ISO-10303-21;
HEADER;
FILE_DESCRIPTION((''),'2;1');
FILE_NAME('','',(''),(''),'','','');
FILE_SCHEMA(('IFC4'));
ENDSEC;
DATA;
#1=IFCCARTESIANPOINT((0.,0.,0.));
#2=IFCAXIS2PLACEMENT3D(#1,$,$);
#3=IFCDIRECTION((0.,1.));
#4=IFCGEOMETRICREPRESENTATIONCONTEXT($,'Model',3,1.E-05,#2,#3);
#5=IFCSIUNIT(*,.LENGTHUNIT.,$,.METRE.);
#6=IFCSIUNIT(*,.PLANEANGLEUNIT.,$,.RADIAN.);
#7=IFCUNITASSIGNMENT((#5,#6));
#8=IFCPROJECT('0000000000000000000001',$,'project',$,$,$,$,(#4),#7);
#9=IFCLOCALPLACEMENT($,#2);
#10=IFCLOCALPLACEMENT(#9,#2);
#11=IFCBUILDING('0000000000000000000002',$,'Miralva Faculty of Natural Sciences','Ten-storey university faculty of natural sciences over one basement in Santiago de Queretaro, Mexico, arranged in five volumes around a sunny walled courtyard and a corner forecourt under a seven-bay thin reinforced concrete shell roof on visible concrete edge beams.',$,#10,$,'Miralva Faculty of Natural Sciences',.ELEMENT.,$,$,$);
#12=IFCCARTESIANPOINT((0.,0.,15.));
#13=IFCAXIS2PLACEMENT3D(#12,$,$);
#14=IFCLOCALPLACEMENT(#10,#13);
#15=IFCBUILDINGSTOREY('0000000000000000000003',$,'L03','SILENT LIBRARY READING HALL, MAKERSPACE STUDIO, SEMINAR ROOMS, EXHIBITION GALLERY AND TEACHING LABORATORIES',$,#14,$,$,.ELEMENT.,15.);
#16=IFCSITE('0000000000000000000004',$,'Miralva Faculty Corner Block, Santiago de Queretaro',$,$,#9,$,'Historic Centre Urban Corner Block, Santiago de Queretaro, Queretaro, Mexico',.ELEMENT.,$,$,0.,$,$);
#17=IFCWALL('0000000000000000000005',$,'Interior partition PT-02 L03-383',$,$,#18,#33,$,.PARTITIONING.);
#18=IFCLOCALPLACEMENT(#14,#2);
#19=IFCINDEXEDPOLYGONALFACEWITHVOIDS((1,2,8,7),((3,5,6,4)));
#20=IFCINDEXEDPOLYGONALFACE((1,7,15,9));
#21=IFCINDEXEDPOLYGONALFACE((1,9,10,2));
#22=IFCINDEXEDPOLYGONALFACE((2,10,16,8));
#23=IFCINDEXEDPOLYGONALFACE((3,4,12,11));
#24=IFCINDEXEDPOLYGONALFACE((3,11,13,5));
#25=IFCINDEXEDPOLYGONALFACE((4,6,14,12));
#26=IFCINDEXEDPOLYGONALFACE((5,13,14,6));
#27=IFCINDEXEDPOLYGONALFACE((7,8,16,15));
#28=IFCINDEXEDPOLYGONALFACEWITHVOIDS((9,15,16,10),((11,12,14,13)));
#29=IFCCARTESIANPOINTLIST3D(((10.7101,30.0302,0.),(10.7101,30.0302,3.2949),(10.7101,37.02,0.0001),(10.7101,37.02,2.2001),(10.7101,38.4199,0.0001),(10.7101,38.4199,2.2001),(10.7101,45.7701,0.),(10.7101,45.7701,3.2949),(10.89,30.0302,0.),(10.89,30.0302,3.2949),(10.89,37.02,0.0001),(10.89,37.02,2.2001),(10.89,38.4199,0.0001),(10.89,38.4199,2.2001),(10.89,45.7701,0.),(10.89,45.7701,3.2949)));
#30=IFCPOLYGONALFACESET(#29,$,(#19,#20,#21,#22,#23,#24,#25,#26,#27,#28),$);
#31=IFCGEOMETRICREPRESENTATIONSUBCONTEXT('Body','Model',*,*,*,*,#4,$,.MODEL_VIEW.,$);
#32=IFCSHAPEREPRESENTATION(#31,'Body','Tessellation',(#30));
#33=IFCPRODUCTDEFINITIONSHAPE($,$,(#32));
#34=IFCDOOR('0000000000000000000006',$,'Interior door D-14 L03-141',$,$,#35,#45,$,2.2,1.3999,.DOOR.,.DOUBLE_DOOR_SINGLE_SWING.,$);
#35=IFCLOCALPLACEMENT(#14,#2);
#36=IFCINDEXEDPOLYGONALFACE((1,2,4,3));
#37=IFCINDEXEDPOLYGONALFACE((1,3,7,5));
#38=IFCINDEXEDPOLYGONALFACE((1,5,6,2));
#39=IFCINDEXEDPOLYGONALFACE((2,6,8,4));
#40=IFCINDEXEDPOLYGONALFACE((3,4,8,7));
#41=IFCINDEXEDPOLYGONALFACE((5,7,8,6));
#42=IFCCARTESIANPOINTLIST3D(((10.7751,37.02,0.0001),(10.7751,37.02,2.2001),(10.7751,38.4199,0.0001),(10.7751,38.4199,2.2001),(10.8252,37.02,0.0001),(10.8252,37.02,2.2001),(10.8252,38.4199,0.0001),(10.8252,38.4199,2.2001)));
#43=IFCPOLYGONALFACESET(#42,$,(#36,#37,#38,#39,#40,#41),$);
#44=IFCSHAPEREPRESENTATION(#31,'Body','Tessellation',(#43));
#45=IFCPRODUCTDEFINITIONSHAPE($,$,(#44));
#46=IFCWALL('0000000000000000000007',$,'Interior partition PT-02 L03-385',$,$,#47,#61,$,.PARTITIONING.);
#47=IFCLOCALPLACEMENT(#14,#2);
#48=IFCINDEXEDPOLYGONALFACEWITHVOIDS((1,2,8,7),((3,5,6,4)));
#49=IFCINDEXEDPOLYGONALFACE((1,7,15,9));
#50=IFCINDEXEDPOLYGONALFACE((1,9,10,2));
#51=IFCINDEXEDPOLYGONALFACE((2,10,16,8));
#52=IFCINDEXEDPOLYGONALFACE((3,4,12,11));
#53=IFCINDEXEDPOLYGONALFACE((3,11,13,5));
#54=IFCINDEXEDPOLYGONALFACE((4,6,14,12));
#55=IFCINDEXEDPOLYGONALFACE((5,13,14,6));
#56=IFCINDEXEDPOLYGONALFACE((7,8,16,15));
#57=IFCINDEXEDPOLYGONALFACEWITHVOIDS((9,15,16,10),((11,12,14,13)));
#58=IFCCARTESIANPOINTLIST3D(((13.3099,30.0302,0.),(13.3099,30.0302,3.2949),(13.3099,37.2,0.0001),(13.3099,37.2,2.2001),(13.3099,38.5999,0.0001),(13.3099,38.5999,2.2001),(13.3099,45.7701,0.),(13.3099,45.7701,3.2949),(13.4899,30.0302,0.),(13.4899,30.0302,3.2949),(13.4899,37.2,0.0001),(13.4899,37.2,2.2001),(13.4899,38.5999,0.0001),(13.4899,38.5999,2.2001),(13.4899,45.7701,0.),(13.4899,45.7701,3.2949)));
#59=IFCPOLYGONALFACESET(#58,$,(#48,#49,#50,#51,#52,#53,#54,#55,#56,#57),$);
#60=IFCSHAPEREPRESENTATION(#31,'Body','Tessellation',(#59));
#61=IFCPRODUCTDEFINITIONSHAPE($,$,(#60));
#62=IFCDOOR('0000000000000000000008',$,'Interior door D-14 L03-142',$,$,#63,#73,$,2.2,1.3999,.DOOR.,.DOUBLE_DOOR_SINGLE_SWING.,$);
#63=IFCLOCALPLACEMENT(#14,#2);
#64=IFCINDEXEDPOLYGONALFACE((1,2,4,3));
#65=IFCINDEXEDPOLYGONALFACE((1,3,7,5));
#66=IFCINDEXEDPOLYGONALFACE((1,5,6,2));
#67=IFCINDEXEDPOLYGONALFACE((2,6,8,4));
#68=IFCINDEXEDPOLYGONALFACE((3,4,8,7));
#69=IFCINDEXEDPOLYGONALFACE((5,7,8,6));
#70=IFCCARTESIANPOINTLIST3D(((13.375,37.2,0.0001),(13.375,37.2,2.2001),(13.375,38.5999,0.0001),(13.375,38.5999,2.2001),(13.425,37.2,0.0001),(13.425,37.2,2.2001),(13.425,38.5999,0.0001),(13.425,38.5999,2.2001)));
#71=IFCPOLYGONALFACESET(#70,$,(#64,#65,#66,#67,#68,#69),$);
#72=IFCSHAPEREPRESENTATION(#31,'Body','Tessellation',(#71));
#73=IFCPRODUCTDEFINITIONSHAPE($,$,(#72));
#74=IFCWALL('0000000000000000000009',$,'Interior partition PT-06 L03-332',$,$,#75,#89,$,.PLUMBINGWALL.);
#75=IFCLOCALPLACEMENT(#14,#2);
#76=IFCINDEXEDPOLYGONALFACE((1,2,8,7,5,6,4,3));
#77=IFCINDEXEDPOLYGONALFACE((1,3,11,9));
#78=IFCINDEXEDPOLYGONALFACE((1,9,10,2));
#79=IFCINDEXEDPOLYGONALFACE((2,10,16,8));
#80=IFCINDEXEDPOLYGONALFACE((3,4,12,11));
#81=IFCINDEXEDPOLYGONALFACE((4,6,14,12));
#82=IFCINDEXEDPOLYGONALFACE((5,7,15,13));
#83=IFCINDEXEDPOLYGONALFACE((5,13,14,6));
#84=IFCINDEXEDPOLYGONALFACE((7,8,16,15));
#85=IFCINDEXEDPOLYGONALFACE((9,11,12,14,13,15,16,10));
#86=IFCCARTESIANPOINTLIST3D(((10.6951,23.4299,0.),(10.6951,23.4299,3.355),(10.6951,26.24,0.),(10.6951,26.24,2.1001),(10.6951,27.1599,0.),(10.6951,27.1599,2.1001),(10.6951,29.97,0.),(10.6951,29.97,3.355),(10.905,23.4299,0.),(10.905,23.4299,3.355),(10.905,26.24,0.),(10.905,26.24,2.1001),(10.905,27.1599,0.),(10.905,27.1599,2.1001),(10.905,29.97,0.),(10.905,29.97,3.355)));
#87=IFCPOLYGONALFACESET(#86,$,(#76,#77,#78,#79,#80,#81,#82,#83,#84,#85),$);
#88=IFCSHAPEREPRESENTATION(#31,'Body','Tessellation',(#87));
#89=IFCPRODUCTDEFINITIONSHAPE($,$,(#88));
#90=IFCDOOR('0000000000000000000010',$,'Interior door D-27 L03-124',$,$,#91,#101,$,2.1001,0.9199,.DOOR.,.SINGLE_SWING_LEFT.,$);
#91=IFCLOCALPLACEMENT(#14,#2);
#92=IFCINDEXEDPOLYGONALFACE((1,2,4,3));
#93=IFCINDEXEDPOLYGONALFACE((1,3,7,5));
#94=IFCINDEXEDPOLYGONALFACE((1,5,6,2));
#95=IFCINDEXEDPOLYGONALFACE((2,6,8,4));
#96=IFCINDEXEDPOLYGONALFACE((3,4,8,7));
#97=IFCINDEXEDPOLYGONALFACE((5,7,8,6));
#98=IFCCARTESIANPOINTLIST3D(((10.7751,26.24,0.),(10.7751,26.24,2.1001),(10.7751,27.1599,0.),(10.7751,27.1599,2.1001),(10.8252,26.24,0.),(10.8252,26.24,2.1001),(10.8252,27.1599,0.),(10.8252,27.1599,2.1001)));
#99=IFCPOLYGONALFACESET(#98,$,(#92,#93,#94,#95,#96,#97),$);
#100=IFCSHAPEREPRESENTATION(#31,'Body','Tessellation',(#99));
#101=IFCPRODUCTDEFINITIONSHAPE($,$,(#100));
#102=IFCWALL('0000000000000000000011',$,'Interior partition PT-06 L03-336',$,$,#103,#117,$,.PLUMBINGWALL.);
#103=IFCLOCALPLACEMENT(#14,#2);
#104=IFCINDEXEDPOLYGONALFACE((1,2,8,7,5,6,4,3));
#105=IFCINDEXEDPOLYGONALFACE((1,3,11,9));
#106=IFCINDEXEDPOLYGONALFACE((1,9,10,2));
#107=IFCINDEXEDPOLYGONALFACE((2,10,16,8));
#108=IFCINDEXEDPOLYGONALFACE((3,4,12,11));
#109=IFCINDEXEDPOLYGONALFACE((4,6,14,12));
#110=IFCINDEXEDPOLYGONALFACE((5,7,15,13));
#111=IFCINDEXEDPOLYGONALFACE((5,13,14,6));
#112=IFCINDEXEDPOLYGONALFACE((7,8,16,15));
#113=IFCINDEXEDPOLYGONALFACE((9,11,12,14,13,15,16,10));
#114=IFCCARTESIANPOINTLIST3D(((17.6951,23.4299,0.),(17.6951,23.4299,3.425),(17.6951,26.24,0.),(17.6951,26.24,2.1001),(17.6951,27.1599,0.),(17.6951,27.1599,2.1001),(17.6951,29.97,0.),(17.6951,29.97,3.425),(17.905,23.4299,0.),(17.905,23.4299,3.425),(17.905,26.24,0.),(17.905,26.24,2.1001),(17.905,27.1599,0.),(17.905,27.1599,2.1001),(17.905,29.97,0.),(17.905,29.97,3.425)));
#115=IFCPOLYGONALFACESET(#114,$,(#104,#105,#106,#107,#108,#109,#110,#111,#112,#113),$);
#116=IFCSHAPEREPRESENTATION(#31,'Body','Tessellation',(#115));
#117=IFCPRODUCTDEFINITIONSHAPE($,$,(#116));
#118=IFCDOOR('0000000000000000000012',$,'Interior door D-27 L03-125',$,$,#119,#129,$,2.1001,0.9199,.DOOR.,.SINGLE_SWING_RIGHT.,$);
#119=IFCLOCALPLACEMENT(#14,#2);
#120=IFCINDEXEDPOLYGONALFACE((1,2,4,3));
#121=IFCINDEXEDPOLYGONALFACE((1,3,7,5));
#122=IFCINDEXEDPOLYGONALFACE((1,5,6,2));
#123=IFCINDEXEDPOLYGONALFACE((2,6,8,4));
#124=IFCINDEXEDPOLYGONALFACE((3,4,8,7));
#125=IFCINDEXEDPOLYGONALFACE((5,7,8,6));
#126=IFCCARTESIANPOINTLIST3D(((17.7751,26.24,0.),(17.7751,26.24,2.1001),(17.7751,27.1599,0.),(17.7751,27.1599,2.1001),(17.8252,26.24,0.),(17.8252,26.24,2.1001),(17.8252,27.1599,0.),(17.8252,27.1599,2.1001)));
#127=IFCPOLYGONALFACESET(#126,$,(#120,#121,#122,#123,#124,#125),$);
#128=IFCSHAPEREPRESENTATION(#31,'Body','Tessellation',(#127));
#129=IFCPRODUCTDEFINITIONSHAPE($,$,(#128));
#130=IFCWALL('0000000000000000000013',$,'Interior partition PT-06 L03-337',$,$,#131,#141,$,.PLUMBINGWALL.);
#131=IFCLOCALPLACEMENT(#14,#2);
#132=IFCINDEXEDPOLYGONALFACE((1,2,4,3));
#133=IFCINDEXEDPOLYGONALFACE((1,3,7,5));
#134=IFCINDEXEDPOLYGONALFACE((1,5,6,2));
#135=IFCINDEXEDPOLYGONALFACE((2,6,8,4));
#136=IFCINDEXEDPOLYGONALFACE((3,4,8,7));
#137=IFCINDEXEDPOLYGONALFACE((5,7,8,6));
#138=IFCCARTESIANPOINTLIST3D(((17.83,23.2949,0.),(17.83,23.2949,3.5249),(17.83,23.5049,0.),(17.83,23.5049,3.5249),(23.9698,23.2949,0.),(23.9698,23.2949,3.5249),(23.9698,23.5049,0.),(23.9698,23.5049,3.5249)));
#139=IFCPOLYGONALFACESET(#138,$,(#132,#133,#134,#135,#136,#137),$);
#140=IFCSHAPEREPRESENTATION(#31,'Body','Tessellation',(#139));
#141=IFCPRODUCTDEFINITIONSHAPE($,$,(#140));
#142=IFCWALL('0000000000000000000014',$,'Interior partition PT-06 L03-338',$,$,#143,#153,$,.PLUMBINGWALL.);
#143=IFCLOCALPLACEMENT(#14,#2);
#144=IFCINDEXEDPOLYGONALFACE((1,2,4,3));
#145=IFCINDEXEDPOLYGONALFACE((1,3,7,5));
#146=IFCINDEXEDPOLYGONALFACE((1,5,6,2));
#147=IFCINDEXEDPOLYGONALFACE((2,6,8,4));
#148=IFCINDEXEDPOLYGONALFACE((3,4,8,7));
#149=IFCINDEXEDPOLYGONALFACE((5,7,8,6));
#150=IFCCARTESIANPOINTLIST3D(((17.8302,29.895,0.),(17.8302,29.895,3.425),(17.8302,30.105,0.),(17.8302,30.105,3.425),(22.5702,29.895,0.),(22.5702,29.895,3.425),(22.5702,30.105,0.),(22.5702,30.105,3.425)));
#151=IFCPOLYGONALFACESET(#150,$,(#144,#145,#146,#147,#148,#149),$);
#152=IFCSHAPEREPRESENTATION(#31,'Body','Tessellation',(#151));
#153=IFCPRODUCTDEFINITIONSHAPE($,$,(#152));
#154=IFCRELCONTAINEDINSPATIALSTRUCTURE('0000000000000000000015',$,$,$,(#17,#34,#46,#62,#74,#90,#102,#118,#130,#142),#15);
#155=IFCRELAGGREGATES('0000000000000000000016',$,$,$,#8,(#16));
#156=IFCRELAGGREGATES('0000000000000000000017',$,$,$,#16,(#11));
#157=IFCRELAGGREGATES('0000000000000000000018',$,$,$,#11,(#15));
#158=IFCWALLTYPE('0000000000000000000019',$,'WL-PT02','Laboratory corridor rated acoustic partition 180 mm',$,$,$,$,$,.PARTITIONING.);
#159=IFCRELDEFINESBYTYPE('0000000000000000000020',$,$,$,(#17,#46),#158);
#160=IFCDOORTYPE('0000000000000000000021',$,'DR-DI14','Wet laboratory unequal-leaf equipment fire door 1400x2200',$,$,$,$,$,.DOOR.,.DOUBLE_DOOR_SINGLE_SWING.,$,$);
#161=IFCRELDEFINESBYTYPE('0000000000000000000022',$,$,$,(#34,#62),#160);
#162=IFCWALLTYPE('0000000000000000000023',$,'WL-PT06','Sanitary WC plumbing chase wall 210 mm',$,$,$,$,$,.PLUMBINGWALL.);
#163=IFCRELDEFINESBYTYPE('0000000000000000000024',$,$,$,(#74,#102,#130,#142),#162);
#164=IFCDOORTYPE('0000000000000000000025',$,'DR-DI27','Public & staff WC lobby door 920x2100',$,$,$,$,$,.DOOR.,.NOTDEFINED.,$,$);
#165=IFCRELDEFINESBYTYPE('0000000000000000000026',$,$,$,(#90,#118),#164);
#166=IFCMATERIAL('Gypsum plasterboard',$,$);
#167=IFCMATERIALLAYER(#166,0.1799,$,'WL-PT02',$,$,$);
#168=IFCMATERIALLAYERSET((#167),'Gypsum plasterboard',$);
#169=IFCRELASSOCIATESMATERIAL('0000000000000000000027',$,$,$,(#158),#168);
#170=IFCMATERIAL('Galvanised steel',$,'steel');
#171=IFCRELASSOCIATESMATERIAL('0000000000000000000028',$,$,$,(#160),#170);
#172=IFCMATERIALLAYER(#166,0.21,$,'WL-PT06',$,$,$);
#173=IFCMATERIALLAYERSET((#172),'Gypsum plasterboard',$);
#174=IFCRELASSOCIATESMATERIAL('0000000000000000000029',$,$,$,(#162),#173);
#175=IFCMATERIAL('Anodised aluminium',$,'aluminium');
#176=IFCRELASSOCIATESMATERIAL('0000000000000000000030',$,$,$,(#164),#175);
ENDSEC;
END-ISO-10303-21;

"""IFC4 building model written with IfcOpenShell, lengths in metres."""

from ifc_helpers import new_model, si_unit, direction, frame, frame_2d, origin, place, context, subcontext, project, spatial, rectangle, extrude, material, layer, layer_set, type_object, element, fill, save


model = new_model("IFC4")

# Units and contexts
model_context = context("Model", 3, precision=1e-05, world=origin(), true_north=direction((0.0, 1.0)))
body_context = subcontext(model_context, "Body", "Model", "MODEL_VIEW")
ifc_project = project(units=[si_unit("LENGTHUNIT", "METRE"), si_unit("PLANEANGLEUNIT", "RADIAN")], contexts=[model_context])

# Site, building, storey
site_placement = place(None, origin())
site = spatial("IfcSite", under=ifc_project, at=site_placement, Name="Miralva Faculty Corner Block, Santiago de Queretaro", LongName="Historic Centre Urban Corner Block, Santiago de Queretaro, Queretaro, Mexico", CompositionType="ELEMENT", RefElevation=0.0)
building_placement = place(site_placement, origin())
building = spatial("IfcBuilding", under=site, at=building_placement, Name="Miralva Faculty of Natural Sciences", Description="Ten-storey university faculty of natural sciences over one basement in Santiago de Queretaro, Mexico, arranged in five volumes around a sunny walled courtyard and a corner forecourt under a seven-bay thin reinforced concrete shell roof on visible concrete edge beams.", LongName="Miralva Faculty of Natural Sciences", CompositionType="ELEMENT")
storey_placement = place(building_placement, frame((0.0, 0.0, 15.0)))
storey = spatial("IfcBuildingStorey", under=building, at=storey_placement, Name="L03", Description="SILENT LIBRARY READING HALL, MAKERSPACE STUDIO, SEMINAR ROOMS, EXHIBITION GALLERY AND TEACHING LABORATORIES", CompositionType="ELEMENT", Elevation=15.0)

# Walls, openings, doors
ifc_material_1 = material(Name="Gypsum plasterboard")
ifc_layer_1 = layer(ifc_material_1, 0.1799, Name="WL-PT02")
ifc_layer_set_1 = layer_set([ifc_layer_1], Name="Gypsum plasterboard")
wall_type_1 = type_object("IfcWallType", Name="WL-PT02", Description="Laboratory corridor rated acoustic partition 180 mm", PredefinedType="PARTITIONING", material=ifc_layer_set_1)
ifc_material_2 = material(Name="Galvanised steel", Category="steel")
wall_1_placement = place(storey_placement, frame((10.8, 30.03, 0.0), z_axis=(0.0, 0.0, 1.0), x_axis=(0.0, 1.0, 0.0)))
wall_1 = element("IfcWall", 1, at=wall_1_placement, inside=storey, type_object=wall_type_1, Name="Interior partition PT-02 L03-383", PredefinedType="PARTITIONING", context=body_context, shape_type="SweptSolid", body=[
    extrude(rectangle(XDim=15.74, YDim=0.1799, at=frame_2d((7.8701, 0.0))), origin(), (0.0, 0.0, 1.0), 3.2949),
])
opening_1_placement = place(wall_1_placement, frame((6.99, 0.0, 0.0)))
opening_1 = element("IfcOpeningElement", 2, at=opening_1_placement, cuts=wall_1, PredefinedType="OPENING", context=body_context, shape_type="SweptSolid", body=[
    extrude(rectangle(XDim=1.3999, YDim=2.2, at=frame_2d((0.7, 1.1001))), frame((0.0, 0.0999, 0.0), z_axis=(0.0, -1.0, 0.0), x_axis=(1.0, 0.0, 0.0)), (0.0, 0.0, 1.0), 0.2),
])
door_type_1 = type_object("IfcDoorType", Name="DR-DI14", Description="Wet laboratory unequal-leaf equipment fire door 1400x2200", OperationType="DOUBLE_DOOR_SINGLE_SWING", PredefinedType="DOOR", material=ifc_material_2)
door_1_placement = place(opening_1_placement, origin())
door_1 = element("IfcDoor", 3, at=door_1_placement, inside=storey, type_object=door_type_1, Name="Interior door D-14 L03-141", OperationType="DOUBLE_DOOR_SINGLE_SWING", OverallHeight=2.2, OverallWidth=1.3999, PredefinedType="DOOR", context=body_context, shape_type="SweptSolid", body=[
    extrude(rectangle(XDim=1.3999, YDim=2.2, at=frame_2d((0.7, 1.1001))), frame((0.0, 0.0249, 0.0), z_axis=(0.0, -1.0, 0.0), x_axis=(1.0, 0.0, 0.0)), (0.0, 0.0, 1.0), 0.05),
])
fill(opening_1, door_1)
wall_2_placement = place(storey_placement, frame((13.3999, 30.03, 0.0), z_axis=(0.0, 0.0, 1.0), x_axis=(0.0, 1.0, 0.0)))
wall_2 = element("IfcWall", 4, at=wall_2_placement, inside=storey, type_object=wall_type_1, Name="Interior partition PT-02 L03-385", PredefinedType="PARTITIONING", context=body_context, shape_type="SweptSolid", body=[
    extrude(rectangle(XDim=15.74, YDim=0.1799, at=frame_2d((7.8701, 0.0))), origin(), (0.0, 0.0, 1.0), 3.2949),
])
opening_2_placement = place(wall_2_placement, frame((7.1699, 0.0, 0.0)))
opening_2 = element("IfcOpeningElement", 5, at=opening_2_placement, cuts=wall_2, PredefinedType="OPENING", context=body_context, shape_type="SweptSolid", body=[
    extrude(rectangle(XDim=1.3999, YDim=2.2, at=frame_2d((0.7, 1.1001))), frame((0.0, 0.0999, 0.0), z_axis=(0.0, -1.0, 0.0), x_axis=(1.0, 0.0, 0.0)), (0.0, 0.0, 1.0), 0.2),
])
door_2_placement = place(opening_2_placement, origin())
door_2 = element("IfcDoor", 6, at=door_2_placement, inside=storey, type_object=door_type_1, Name="Interior door D-14 L03-142", OperationType="DOUBLE_DOOR_SINGLE_SWING", OverallHeight=2.2, OverallWidth=1.3999, PredefinedType="DOOR", context=body_context, shape_type="SweptSolid", body=[
    extrude(rectangle(XDim=1.3999, YDim=2.2, at=frame_2d((0.7, 1.1001))), frame((0.0, 0.0249, 0.0), z_axis=(0.0, -1.0, 0.0), x_axis=(1.0, 0.0, 0.0)), (0.0, 0.0, 1.0), 0.05),
])
fill(opening_2, door_2)
ifc_layer_2 = layer(ifc_material_1, 0.21, Name="WL-PT06")
ifc_layer_set_2 = layer_set([ifc_layer_2], Name="Gypsum plasterboard")
wall_type_2 = type_object("IfcWallType", Name="WL-PT06", Description="Sanitary WC plumbing chase wall 210 mm", PredefinedType="PLUMBINGWALL", material=ifc_layer_set_2)
wall_3_placement = place(storey_placement, frame((10.8, 23.4299, 0.0), z_axis=(0.0, 0.0, 1.0), x_axis=(0.0, 1.0, 0.0)))
wall_3 = element("IfcWall", 7, at=wall_3_placement, inside=storey, type_object=wall_type_2, Name="Interior partition PT-06 L03-332", PredefinedType="PLUMBINGWALL", context=body_context, shape_type="SweptSolid", body=[
    extrude(rectangle(XDim=6.54, YDim=0.21, at=frame_2d((3.27, 0.0))), origin(), (0.0, 0.0, 1.0), 3.355),
])
opening_3_placement = place(wall_3_placement, frame((2.8101, 0.0, 0.0)))
opening_3 = element("IfcOpeningElement", 8, at=opening_3_placement, cuts=wall_3, PredefinedType="OPENING", context=body_context, shape_type="SweptSolid", body=[
    extrude(rectangle(XDim=0.9199, YDim=2.1001, at=frame_2d((0.46, 1.05))), frame((0.0, 0.115, 0.0), z_axis=(0.0, -1.0, 0.0), x_axis=(1.0, 0.0, 0.0)), (0.0, 0.0, 1.0), 0.23),
])
ifc_material_3 = material(Name="Anodised aluminium", Category="aluminium")
door_type_2 = type_object("IfcDoorType", Name="DR-DI27", Description="Public & staff WC lobby door 920x2100", OperationType="NOTDEFINED", PredefinedType="DOOR", material=ifc_material_3)
door_3_placement = place(opening_3_placement, origin())
door_3 = element("IfcDoor", 9, at=door_3_placement, inside=storey, type_object=door_type_2, Name="Interior door D-27 L03-124", OperationType="SINGLE_SWING_LEFT", OverallHeight=2.1001, OverallWidth=0.9199, PredefinedType="DOOR", context=body_context, shape_type="SweptSolid", body=[
    extrude(rectangle(XDim=0.9199, YDim=2.1001, at=frame_2d((0.46, 1.05))), frame((0.0, 0.0249, 0.0), z_axis=(0.0, -1.0, 0.0), x_axis=(1.0, 0.0, 0.0)), (0.0, 0.0, 1.0), 0.05),
])
fill(opening_3, door_3)
wall_4_placement = place(storey_placement, frame((17.8, 23.4299, 0.0), z_axis=(0.0, 0.0, 1.0), x_axis=(0.0, 1.0, 0.0)))
wall_4 = element("IfcWall", 10, at=wall_4_placement, inside=storey, type_object=wall_type_2, Name="Interior partition PT-06 L03-336", PredefinedType="PLUMBINGWALL", context=body_context, shape_type="SweptSolid", body=[
    extrude(rectangle(XDim=6.54, YDim=0.21, at=frame_2d((3.27, 0.0))), origin(), (0.0, 0.0, 1.0), 3.425),
])
opening_4_placement = place(wall_4_placement, frame((2.8101, 0.0, 0.0)))
opening_4 = element("IfcOpeningElement", 11, at=opening_4_placement, cuts=wall_4, PredefinedType="OPENING", context=body_context, shape_type="SweptSolid", body=[
    extrude(rectangle(XDim=0.9199, YDim=2.1001, at=frame_2d((0.46, 1.05))), frame((0.0, 0.115, 0.0), z_axis=(0.0, -1.0, 0.0), x_axis=(1.0, 0.0, 0.0)), (0.0, 0.0, 1.0), 0.23),
])
door_4_placement = place(opening_4_placement, origin())
door_4 = element("IfcDoor", 12, at=door_4_placement, inside=storey, type_object=door_type_2, Name="Interior door D-27 L03-125", OperationType="SINGLE_SWING_RIGHT", OverallHeight=2.1001, OverallWidth=0.9199, PredefinedType="DOOR", context=body_context, shape_type="SweptSolid", body=[
    extrude(rectangle(XDim=0.9199, YDim=2.1001, at=frame_2d((0.46, 1.05))), frame((0.0, 0.0249, 0.0), z_axis=(0.0, -1.0, 0.0), x_axis=(1.0, 0.0, 0.0)), (0.0, 0.0, 1.0), 0.05),
])
fill(opening_4, door_4)

# Walls
wall_5_placement = place(storey_placement, frame((17.8301, 23.3999, 0.0), z_axis=(0.0, 0.0, 1.0), x_axis=(1.0, 0.0, 0.0)))
element("IfcWall", 13, at=wall_5_placement, inside=storey, type_object=wall_type_2, Name="Interior partition PT-06 L03-337", PredefinedType="PLUMBINGWALL", context=body_context, shape_type="SweptSolid", body=[
    extrude(rectangle(XDim=6.1399, YDim=0.21, at=frame_2d((3.0698, 0.0))), origin(), (0.0, 0.0, 1.0), 3.5249),
])
wall_6_placement = place(storey_placement, frame((17.8301, 30.0, 0.0), z_axis=(0.0, 0.0, 1.0), x_axis=(1.0, 0.0, 0.0)))
element("IfcWall", 14, at=wall_6_placement, inside=storey, type_object=wall_type_2, Name="Interior partition PT-06 L03-338", PredefinedType="PLUMBINGWALL", context=body_context, shape_type="SweptSolid", body=[
    extrude(rectangle(XDim=4.74, YDim=0.21, at=frame_2d((2.3701, 0.0))), origin(), (0.0, 0.0, 1.0), 3.425),
])

save(model, "model.ifc")
